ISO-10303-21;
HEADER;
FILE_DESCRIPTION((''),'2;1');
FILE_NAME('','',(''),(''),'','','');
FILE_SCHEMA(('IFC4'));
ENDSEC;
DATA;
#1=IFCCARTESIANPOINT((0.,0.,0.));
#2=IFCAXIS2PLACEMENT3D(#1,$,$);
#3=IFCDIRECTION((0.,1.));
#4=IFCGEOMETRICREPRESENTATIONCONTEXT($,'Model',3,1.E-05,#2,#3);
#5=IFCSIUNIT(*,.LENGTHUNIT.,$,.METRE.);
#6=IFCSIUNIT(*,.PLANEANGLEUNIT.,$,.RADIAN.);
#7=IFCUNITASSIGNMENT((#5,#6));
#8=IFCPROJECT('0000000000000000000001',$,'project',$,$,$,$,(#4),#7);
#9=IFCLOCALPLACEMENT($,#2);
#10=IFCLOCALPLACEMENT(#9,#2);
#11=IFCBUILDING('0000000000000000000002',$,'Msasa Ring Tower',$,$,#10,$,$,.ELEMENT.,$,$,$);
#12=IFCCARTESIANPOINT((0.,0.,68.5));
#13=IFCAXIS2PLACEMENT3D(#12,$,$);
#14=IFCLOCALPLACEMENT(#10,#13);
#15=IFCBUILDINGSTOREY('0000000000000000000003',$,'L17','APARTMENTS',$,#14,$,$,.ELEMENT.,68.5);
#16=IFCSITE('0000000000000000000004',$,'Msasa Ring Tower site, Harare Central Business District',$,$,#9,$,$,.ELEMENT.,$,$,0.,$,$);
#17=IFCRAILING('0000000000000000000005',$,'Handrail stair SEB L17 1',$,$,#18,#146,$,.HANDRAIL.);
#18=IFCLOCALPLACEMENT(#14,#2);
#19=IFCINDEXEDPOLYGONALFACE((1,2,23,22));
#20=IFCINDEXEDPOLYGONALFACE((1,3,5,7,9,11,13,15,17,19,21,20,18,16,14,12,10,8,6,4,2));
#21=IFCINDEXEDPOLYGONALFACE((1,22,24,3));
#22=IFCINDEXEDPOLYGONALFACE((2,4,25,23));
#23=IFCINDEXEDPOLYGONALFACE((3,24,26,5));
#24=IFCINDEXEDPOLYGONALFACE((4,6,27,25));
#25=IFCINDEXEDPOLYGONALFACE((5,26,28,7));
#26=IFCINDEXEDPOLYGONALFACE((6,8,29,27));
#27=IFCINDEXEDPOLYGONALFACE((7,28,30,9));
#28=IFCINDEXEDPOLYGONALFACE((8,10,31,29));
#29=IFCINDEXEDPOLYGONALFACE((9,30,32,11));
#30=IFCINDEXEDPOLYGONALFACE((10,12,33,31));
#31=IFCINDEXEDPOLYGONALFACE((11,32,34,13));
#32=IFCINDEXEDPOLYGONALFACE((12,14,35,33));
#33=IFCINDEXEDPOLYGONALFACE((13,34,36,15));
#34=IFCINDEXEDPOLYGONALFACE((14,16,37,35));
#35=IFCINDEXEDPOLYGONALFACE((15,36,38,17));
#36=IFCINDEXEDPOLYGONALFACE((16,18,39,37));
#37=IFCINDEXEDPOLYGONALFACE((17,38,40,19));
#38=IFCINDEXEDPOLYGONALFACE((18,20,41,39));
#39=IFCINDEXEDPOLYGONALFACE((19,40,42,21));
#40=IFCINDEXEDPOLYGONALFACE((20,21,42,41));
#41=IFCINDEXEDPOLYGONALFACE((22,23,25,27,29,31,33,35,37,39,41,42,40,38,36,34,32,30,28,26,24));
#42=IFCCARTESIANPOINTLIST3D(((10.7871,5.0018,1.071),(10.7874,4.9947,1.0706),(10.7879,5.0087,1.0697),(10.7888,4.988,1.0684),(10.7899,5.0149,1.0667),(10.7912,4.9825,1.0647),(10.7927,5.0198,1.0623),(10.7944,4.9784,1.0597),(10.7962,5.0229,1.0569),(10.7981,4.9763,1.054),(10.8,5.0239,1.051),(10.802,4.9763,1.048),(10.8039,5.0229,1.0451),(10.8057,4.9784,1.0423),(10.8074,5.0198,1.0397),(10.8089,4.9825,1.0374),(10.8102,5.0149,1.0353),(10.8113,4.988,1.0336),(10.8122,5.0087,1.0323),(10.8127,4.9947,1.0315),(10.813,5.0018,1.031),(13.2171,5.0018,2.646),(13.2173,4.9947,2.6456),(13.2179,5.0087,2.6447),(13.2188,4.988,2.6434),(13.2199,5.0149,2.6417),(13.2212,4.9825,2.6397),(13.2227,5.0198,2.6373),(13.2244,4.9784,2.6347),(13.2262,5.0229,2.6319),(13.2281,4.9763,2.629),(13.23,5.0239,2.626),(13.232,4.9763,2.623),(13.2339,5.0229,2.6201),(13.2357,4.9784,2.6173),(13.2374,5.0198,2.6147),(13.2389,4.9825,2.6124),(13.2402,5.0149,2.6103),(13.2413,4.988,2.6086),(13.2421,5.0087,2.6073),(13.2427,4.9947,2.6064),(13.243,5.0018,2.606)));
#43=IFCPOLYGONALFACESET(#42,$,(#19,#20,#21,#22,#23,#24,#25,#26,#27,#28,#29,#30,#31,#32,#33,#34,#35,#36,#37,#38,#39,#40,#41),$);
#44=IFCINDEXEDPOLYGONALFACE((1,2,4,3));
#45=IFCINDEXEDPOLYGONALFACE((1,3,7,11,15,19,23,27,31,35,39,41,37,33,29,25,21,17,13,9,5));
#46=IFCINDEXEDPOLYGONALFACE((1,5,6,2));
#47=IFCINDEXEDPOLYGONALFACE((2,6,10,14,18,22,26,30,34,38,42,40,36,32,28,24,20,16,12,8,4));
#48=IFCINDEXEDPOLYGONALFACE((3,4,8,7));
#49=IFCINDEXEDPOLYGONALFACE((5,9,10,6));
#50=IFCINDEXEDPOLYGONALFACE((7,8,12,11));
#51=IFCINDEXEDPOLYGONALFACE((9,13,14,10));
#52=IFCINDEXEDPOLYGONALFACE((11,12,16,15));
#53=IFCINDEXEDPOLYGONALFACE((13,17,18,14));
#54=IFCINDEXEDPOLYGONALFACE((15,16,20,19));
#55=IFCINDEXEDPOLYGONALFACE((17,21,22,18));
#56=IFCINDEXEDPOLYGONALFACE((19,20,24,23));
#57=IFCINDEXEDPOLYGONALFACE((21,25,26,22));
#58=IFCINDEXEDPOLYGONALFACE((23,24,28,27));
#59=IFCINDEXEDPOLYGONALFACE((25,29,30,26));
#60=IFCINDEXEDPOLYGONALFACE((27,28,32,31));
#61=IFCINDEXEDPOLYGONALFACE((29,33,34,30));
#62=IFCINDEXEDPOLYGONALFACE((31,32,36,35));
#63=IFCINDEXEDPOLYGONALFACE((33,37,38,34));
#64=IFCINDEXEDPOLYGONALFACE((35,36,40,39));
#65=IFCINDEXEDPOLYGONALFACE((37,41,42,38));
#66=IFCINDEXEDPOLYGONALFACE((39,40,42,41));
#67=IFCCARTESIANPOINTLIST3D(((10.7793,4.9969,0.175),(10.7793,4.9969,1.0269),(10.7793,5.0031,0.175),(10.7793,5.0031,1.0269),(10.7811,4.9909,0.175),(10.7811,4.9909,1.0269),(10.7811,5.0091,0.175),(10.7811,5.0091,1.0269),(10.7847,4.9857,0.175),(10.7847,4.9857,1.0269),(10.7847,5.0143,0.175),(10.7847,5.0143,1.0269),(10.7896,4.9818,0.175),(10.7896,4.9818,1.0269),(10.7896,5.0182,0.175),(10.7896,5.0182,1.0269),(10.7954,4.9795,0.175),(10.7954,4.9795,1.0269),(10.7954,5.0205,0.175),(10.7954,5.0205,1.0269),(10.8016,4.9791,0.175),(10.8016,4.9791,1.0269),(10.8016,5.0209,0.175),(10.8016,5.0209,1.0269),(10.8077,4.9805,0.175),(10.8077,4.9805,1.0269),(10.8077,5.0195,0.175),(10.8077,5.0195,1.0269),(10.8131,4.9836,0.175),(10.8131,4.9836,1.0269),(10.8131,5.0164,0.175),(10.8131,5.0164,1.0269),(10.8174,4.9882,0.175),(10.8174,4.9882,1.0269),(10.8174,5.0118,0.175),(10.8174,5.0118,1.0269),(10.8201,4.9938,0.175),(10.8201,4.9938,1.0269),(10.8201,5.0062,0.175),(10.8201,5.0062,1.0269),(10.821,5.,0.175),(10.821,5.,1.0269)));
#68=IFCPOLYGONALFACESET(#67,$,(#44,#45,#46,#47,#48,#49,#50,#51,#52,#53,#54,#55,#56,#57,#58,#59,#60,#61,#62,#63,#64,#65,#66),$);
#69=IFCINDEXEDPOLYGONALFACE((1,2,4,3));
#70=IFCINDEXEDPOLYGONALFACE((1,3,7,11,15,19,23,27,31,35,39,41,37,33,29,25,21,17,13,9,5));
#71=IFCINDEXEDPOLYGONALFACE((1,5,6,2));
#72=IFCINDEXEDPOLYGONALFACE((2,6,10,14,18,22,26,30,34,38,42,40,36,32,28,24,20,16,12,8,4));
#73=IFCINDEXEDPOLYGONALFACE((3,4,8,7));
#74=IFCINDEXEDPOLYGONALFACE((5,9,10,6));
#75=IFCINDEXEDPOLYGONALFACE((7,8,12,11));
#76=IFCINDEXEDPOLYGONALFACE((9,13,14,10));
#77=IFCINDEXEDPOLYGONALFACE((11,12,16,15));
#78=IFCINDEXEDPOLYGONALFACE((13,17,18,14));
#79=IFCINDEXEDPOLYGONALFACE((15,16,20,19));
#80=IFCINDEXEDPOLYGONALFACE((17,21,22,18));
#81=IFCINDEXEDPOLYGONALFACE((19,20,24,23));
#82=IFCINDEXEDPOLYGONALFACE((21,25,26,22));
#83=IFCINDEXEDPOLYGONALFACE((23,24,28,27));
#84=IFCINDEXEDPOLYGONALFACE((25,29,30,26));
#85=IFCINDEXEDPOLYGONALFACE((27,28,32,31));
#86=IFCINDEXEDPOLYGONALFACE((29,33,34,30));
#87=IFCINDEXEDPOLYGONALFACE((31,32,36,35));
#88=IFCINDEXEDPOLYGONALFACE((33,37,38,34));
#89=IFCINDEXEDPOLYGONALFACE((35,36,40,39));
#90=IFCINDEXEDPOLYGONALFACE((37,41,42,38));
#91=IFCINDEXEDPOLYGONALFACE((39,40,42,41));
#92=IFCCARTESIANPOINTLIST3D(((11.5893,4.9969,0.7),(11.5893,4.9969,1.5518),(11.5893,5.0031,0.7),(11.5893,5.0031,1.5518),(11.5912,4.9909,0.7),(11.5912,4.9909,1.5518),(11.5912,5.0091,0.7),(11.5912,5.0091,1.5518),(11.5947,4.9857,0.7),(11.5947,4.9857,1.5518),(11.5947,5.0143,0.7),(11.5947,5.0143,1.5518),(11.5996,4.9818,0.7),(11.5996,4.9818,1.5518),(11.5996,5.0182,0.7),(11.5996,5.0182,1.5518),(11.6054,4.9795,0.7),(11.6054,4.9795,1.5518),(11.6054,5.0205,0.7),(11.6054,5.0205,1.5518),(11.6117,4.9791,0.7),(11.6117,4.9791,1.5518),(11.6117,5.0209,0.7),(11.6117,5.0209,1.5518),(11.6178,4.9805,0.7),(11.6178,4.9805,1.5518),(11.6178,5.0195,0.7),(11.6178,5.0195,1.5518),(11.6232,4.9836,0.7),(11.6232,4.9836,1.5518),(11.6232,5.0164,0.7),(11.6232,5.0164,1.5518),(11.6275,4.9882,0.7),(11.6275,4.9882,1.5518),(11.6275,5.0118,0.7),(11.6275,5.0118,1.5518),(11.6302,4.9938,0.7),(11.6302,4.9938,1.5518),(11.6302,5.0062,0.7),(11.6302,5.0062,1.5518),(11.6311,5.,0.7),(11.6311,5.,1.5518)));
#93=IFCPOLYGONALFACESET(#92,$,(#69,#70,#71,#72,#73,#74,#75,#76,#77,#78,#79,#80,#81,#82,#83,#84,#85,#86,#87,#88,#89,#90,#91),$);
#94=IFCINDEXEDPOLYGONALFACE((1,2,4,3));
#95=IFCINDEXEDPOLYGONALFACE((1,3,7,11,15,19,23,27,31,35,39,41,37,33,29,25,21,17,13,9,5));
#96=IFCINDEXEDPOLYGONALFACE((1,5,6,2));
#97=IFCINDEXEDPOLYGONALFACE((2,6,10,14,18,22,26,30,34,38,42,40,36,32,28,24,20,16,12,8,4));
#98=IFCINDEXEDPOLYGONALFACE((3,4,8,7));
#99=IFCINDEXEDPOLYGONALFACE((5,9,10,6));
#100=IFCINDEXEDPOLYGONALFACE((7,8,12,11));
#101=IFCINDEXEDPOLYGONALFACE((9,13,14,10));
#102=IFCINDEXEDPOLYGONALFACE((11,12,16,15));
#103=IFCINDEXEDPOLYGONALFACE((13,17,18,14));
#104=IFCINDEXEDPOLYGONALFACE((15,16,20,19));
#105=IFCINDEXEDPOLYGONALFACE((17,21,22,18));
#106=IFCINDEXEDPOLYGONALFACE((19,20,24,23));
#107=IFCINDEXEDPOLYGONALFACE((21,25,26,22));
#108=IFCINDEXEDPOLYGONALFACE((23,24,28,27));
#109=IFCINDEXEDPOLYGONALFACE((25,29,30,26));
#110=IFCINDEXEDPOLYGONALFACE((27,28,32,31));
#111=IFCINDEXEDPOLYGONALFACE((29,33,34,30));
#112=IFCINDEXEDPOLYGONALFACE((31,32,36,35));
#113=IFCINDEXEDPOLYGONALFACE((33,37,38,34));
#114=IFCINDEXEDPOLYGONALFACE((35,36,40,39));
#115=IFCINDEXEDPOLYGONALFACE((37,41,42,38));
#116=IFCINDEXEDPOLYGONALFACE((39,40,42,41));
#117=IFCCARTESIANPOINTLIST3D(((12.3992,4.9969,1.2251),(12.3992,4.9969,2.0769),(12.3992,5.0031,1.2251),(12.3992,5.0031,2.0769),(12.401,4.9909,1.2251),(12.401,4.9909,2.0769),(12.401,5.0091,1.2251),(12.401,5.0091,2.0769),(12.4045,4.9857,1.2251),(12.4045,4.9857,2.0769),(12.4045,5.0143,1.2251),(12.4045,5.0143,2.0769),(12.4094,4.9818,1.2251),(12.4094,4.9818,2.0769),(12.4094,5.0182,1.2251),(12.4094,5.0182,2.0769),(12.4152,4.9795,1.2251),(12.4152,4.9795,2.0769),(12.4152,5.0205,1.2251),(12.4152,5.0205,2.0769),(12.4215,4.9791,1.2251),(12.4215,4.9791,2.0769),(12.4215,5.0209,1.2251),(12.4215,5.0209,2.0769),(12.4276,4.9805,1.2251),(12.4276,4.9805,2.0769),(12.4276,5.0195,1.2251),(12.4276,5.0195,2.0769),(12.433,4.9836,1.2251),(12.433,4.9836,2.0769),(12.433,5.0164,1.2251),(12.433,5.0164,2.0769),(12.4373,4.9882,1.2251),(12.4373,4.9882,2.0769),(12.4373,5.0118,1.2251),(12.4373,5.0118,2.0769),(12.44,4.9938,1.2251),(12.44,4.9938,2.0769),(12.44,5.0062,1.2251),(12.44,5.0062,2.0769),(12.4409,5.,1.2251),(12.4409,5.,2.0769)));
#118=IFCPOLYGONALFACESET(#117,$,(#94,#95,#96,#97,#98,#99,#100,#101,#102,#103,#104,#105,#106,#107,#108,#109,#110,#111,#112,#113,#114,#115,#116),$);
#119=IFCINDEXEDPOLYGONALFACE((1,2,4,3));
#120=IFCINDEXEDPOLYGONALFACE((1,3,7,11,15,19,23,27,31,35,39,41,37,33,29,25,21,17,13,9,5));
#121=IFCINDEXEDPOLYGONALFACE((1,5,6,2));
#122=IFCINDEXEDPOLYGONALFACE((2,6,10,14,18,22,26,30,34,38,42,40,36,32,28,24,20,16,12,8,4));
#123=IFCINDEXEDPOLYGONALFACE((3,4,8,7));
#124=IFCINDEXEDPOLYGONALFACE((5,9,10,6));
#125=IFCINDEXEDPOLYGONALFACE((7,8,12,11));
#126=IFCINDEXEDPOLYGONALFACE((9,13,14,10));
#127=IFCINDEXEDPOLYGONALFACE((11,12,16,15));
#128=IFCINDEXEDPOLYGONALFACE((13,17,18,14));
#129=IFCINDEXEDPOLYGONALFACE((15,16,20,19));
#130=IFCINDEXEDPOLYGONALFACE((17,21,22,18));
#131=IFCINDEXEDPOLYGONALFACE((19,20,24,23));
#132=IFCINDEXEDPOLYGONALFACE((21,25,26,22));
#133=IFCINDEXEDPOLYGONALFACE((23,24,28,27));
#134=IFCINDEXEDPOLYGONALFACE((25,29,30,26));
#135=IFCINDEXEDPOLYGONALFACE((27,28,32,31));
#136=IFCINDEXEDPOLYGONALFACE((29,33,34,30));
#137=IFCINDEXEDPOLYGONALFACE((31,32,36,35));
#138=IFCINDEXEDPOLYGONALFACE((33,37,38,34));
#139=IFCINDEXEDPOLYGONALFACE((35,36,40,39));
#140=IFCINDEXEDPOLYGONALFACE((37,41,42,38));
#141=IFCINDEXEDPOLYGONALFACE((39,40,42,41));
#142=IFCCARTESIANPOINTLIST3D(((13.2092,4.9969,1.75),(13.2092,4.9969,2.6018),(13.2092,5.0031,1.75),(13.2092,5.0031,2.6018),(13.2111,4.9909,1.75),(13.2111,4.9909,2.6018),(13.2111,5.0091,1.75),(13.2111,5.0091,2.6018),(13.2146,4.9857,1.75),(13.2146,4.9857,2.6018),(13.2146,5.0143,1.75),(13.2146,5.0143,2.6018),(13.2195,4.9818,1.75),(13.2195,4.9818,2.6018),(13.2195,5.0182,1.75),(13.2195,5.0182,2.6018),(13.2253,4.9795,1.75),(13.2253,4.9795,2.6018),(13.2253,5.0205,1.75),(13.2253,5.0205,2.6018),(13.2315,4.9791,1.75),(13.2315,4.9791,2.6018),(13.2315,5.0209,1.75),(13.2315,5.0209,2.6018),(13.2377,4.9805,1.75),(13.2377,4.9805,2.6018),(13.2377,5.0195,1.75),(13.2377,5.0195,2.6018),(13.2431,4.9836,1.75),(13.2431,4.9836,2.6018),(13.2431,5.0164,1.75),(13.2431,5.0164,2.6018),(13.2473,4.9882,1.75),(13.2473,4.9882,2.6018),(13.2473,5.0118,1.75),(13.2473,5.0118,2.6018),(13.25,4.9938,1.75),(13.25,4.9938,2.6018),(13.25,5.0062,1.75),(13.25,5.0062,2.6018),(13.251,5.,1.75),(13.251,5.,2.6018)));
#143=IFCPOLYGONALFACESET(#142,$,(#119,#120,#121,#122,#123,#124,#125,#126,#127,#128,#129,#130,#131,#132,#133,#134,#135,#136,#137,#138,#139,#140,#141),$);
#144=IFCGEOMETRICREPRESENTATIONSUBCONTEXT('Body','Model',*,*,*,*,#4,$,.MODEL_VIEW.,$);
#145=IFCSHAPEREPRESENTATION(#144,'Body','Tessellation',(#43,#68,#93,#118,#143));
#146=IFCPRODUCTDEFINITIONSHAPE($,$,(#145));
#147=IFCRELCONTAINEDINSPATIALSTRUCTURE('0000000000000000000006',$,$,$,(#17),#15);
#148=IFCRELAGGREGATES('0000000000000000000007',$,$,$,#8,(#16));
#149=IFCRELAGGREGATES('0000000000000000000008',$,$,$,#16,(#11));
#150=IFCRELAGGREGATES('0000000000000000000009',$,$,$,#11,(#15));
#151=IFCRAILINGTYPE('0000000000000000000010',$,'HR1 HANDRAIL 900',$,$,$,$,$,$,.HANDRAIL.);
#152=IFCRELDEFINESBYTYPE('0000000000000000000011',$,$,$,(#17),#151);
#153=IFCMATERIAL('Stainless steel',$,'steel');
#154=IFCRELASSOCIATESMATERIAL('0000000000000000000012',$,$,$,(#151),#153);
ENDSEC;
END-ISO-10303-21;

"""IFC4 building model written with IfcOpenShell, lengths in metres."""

from ifc_helpers import new_model, si_unit, direction, frame, origin, origin_2d, place, context, subcontext, project, spatial, circle, extrude, material, type_object, element, save


model = new_model("IFC4")

# Units and contexts
model_context = context("Model", 3, precision=1e-05, world=origin(), true_north=direction((0.0, 1.0)))
body_context = subcontext(model_context, "Body", "Model", "MODEL_VIEW")
ifc_project = project(units=[si_unit("LENGTHUNIT", "METRE"), si_unit("PLANEANGLEUNIT", "RADIAN")], contexts=[model_context])

# Site, building, storey
site_placement = place(None, origin())
site = spatial("IfcSite", under=ifc_project, at=site_placement, Name="Msasa Ring Tower site, Harare Central Business District", CompositionType="ELEMENT", RefElevation=0.0)
building_placement = place(site_placement, origin())
building = spatial("IfcBuilding", under=site, at=building_placement, Name="Msasa Ring Tower", CompositionType="ELEMENT")
storey_placement = place(building_placement, frame((0.0, 0.0, 68.5)))
storey = spatial("IfcBuildingStorey", under=building, at=storey_placement, Name="L17", Description="APARTMENTS", CompositionType="ELEMENT", Elevation=68.5)

# Railing
ifc_material_1 = material(Name="Stainless steel", Category="steel")
railing_type = type_object("IfcRailingType", Name="HR1 HANDRAIL 900", PredefinedType="HANDRAIL", material=ifc_material_1)
for number, where, name in (
    (1, (10.8, 5.0, 0.175), "Handrail stair SEB L17 1"),
):
    element("IfcRailing", number, at=place(storey_placement, frame(where)), inside=storey, type_object=railing_type, Name=name, PredefinedType="HANDRAIL", context=body_context, shape_type="SweptSolid", body=[
        extrude(circle(Radius=0.0239, at=origin_2d()), frame((0.0, 0.0, 0.876), z_axis=(0.839154, 0.0, 0.543894), x_axis=(0.0, 1.0, 0.0)), (0.0, 0.0, 1.0), 2.8958),
        extrude(circle(Radius=0.021, at=origin_2d()), origin(), (0.0, 0.0, 1.0), 0.8518),
        extrude(circle(Radius=0.021, at=origin_2d()), frame((0.8101, 0.0, 0.5249)), (0.0, 0.0, 1.0), 0.8518),
        extrude(circle(Radius=0.021, at=origin_2d()), frame((1.6199, 0.0, 1.05)), (0.0, 0.0, 1.0), 0.8518),
        extrude(circle(Radius=0.021, at=origin_2d()), frame((2.4299, 0.0, 1.575)), (0.0, 0.0, 1.0), 0.8518),
    ])

save(model, "model.ifc")
